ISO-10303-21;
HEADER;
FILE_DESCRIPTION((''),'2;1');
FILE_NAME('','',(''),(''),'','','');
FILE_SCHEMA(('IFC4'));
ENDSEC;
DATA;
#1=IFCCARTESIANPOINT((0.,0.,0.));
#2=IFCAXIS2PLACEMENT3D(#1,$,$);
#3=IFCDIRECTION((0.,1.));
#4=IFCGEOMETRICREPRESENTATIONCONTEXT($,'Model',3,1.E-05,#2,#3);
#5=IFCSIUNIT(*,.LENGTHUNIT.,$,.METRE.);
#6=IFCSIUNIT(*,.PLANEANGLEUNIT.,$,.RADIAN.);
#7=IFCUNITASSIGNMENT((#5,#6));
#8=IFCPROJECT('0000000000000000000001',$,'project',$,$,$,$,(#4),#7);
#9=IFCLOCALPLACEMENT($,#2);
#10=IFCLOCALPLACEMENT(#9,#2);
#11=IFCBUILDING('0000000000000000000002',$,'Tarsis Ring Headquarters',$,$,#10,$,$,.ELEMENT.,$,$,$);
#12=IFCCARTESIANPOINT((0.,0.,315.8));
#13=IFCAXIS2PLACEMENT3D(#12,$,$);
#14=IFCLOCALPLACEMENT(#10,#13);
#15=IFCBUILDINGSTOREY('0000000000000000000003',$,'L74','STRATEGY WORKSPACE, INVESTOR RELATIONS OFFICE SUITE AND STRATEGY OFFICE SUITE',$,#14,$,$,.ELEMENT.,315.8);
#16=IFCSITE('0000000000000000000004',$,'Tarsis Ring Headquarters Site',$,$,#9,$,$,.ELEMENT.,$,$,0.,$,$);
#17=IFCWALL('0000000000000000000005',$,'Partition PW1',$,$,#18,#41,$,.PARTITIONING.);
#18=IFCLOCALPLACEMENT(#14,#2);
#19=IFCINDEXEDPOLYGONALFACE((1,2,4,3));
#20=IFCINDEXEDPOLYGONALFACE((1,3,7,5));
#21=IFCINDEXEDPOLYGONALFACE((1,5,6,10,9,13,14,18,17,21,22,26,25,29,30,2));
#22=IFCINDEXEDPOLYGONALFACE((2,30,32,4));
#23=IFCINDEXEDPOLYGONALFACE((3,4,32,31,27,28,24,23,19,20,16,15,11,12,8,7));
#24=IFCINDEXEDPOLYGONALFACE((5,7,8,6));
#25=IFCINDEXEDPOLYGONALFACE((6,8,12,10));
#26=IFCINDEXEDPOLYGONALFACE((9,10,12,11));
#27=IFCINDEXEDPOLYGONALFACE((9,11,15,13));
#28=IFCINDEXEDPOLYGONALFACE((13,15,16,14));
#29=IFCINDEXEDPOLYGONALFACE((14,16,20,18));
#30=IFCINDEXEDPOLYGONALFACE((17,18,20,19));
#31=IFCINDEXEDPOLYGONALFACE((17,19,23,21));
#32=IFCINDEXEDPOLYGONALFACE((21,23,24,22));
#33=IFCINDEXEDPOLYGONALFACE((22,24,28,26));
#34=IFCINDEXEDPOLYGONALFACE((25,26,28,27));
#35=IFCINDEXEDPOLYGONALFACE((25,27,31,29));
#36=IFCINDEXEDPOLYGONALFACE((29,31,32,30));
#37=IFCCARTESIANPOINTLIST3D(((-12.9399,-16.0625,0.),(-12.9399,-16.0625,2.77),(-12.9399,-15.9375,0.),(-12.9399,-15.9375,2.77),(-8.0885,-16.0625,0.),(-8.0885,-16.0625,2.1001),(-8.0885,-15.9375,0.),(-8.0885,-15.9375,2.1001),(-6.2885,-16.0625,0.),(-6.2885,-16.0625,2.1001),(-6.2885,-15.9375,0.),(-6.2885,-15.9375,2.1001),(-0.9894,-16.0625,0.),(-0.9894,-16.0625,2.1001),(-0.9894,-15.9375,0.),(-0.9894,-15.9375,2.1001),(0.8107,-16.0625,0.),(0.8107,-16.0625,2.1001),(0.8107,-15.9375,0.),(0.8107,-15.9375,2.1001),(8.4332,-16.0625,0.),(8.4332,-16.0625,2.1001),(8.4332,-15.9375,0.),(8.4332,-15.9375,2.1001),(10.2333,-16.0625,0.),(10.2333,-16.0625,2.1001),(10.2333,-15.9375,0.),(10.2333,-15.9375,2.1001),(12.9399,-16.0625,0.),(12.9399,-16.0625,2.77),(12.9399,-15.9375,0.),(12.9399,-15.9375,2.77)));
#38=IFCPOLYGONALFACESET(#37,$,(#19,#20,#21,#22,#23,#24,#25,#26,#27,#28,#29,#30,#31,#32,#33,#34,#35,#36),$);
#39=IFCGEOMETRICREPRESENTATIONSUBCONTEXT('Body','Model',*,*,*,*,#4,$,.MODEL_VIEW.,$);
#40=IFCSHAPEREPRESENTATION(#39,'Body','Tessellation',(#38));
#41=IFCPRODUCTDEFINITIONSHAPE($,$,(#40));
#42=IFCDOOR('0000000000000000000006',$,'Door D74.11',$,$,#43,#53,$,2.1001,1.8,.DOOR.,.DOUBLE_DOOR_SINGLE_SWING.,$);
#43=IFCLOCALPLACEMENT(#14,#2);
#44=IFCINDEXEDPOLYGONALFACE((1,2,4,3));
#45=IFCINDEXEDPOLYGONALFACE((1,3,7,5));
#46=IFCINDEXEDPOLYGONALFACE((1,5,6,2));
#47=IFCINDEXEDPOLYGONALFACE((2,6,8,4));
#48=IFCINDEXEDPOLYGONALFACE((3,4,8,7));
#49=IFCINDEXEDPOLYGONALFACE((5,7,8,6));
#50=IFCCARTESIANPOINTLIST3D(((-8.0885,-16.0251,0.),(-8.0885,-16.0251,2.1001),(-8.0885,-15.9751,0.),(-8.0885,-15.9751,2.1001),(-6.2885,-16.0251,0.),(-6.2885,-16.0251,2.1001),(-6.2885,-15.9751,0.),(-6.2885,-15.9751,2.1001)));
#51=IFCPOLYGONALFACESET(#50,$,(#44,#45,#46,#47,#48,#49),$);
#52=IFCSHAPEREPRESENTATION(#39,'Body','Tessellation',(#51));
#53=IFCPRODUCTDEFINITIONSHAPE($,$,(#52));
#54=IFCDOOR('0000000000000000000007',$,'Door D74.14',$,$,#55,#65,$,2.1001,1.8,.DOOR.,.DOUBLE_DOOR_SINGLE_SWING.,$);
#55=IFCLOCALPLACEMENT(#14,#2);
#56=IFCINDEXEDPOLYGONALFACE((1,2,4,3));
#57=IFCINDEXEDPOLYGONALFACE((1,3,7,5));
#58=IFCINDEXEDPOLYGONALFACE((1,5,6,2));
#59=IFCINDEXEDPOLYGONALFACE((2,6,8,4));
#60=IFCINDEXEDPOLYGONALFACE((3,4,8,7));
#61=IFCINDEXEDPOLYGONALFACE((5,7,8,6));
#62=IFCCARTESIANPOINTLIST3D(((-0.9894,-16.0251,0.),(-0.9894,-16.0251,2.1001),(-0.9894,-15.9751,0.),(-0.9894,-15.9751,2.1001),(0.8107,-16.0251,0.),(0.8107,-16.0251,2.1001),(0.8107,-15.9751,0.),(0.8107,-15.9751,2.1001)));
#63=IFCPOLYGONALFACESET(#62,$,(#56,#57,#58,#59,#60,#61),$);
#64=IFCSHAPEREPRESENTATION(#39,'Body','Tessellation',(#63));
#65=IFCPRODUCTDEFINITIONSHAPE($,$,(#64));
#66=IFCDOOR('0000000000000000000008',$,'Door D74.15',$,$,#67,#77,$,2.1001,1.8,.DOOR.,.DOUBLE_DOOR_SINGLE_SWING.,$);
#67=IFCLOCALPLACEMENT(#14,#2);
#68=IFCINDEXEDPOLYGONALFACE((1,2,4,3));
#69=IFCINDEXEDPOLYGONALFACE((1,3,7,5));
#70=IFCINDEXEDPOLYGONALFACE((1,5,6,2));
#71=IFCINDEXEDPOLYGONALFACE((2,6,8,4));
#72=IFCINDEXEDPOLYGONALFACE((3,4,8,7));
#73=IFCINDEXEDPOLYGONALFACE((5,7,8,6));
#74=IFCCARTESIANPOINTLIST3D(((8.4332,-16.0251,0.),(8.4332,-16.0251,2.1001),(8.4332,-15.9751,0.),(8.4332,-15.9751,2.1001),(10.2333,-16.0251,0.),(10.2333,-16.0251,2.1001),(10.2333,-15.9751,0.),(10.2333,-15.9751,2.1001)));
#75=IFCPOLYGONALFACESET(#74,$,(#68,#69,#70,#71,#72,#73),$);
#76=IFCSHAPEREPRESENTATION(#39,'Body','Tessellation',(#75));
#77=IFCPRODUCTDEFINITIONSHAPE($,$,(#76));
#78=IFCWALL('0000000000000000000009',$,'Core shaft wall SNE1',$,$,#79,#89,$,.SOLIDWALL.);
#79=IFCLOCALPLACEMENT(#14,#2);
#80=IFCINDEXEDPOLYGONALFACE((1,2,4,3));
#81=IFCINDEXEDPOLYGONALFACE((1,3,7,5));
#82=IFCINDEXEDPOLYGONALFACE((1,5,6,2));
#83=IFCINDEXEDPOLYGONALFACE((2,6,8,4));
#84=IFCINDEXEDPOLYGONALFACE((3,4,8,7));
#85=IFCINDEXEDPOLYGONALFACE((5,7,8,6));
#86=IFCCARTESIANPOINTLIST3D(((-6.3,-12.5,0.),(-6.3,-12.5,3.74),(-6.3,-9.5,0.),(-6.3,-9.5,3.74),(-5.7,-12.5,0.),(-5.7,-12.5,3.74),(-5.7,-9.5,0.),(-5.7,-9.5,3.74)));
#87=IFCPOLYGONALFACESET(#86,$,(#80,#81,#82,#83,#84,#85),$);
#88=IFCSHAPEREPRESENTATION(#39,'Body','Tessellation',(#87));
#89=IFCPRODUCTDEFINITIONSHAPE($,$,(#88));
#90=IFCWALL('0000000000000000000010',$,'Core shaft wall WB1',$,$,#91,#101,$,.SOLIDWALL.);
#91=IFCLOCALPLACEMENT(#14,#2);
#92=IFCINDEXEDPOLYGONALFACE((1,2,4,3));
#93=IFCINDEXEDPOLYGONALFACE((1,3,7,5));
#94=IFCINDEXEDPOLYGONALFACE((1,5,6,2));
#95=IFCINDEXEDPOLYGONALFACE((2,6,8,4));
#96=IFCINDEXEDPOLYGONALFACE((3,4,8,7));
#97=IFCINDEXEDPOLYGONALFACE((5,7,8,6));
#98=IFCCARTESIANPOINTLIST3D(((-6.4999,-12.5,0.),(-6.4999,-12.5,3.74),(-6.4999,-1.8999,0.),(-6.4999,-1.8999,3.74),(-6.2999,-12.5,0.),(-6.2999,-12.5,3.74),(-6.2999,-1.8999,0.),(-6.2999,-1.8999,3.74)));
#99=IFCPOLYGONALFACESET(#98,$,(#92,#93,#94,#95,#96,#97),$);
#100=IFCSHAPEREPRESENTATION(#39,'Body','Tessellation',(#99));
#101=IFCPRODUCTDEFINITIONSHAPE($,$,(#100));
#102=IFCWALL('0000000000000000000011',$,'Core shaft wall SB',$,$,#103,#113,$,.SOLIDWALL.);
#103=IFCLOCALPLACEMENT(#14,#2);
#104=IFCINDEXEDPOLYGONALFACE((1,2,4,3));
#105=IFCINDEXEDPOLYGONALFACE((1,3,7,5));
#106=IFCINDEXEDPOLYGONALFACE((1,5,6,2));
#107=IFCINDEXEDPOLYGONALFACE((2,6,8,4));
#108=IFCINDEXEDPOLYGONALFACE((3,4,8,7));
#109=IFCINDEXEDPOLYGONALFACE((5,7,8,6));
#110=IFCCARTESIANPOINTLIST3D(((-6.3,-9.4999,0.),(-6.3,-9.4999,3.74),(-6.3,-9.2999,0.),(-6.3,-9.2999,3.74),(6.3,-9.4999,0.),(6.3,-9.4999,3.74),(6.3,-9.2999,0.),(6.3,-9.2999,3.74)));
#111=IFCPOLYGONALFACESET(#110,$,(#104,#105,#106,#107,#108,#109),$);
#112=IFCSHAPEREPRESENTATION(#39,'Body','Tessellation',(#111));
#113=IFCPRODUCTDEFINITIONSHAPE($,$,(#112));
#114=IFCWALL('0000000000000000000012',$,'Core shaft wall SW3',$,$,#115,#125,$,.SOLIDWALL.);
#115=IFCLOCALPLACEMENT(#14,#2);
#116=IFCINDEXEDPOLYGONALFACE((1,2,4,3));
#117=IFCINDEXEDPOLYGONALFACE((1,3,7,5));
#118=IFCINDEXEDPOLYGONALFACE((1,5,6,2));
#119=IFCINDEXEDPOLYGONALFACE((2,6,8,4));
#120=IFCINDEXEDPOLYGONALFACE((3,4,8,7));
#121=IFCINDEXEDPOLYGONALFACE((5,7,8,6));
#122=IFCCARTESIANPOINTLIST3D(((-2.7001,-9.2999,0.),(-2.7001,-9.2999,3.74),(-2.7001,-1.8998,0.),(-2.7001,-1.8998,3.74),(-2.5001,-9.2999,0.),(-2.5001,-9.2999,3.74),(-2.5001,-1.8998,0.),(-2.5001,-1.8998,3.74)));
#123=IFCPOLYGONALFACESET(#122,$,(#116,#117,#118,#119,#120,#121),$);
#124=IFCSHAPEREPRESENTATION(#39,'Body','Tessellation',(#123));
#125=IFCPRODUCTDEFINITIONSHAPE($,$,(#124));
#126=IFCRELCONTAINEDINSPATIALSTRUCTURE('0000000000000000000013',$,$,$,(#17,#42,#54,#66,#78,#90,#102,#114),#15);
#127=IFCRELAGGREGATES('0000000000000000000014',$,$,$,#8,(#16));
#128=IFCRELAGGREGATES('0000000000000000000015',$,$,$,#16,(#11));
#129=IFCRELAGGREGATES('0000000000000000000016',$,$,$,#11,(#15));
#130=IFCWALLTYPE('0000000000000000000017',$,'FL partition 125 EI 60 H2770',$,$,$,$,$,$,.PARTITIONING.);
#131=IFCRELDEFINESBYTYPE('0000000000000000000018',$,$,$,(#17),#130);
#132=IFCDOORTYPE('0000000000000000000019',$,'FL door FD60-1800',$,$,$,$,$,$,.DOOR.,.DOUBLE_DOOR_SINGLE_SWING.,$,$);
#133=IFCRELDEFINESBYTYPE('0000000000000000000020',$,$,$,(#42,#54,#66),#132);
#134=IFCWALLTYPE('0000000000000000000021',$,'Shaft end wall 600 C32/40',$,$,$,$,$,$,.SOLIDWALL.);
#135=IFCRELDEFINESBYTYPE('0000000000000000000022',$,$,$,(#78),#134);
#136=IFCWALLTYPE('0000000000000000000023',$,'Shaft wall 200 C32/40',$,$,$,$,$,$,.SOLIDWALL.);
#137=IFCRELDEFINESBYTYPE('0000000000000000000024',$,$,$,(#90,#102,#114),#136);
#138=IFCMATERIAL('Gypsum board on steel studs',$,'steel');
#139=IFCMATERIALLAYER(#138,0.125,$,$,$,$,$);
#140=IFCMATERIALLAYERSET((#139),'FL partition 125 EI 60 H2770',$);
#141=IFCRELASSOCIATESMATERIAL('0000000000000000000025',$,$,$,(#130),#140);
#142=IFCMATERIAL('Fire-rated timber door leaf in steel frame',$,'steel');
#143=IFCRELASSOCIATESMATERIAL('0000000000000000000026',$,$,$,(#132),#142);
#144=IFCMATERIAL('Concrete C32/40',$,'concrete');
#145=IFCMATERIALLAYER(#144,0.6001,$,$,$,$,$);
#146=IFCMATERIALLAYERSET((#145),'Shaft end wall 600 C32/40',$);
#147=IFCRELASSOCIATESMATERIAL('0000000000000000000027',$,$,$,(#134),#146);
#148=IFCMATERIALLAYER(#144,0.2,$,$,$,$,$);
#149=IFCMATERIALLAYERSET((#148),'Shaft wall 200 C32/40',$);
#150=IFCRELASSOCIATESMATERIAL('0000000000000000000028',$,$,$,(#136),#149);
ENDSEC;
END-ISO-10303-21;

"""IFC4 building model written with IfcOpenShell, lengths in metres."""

from ifc_helpers import new_model, si_unit, direction, frame, frame_2d, origin, place, context, subcontext, project, spatial, rectangle, extrude, material, layer, layer_set, type_object, element, fill, save


model = new_model("IFC4")

# Units and contexts
model_context = context("Model", 3, precision=1e-05, world=origin(), true_north=direction((0.0, 1.0)))
body_context = subcontext(model_context, "Body", "Model", "MODEL_VIEW")
ifc_project = project(units=[si_unit("LENGTHUNIT", "METRE"), si_unit("PLANEANGLEUNIT", "RADIAN")], contexts=[model_context])

# Site, building, storey
site_placement = place(None, origin())
site = spatial("IfcSite", under=ifc_project, at=site_placement, Name="Tarsis Ring Headquarters Site", CompositionType="ELEMENT", RefElevation=0.0)
building_placement = place(site_placement, origin())
building = spatial("IfcBuilding", under=site, at=building_placement, Name="Tarsis Ring Headquarters", CompositionType="ELEMENT")
storey_placement = place(building_placement, frame((0.0, 0.0, 315.8)))
storey = spatial("IfcBuildingStorey", under=building, at=storey_placement, Name="L74", Description="STRATEGY WORKSPACE, INVESTOR RELATIONS OFFICE SUITE AND STRATEGY OFFICE SUITE", CompositionType="ELEMENT", Elevation=315.8)

# Wall, openings, doors
ifc_material_1 = material(Name="Gypsum board on steel studs", Category="steel")
ifc_layer_1 = layer(ifc_material_1, 0.125)
ifc_layer_set_1 = layer_set([ifc_layer_1], Name="FL partition 125 EI 60 H2770")
wall_type_1 = type_object("IfcWallType", Name="FL partition 125 EI 60 H2770", PredefinedType="PARTITIONING", material=ifc_layer_set_1)
ifc_material_2 = material(Name="Fire-rated timber door leaf in steel frame", Category="steel")
door_type_1 = type_object("IfcDoorType", Name="FL door FD60-1800", OperationType="DOUBLE_DOOR_SINGLE_SWING", PredefinedType="DOOR", material=ifc_material_2)
wall_1_placement = place(storey_placement, frame((-12.9399, -16.0, 0.0), z_axis=(0.0, 0.0, 1.0), x_axis=(1.0, 0.0, 0.0)))
wall_1 = element("IfcWall", 1, at=wall_1_placement, inside=storey, type_object=wall_type_1, Name="Partition PW1", PredefinedType="PARTITIONING", context=body_context, shape_type="SweptSolid", body=[
    extrude(rectangle(XDim=25.8799, YDim=0.125, at=frame_2d((12.9399, 0.0))), origin(), (0.0, 0.0, 1.0), 2.77),
])
opening_1_placement = place(wall_1_placement, frame((4.8516, 0.0, 0.0)))
opening_1 = element("IfcOpeningElement", 2, at=opening_1_placement, cuts=wall_1, PredefinedType="OPENING", context=body_context, shape_type="SweptSolid", body=[
    extrude(rectangle(XDim=1.8, YDim=2.1001, at=frame_2d((0.8999, 1.05))), frame((0.0, 0.0725, 0.0), z_axis=(0.0, -1.0, 0.0), x_axis=(1.0, 0.0, 0.0)), (0.0, 0.0, 1.0), 0.145),
])
opening_2_placement = place(wall_1_placement, frame((11.9507, 0.0, 0.0)))
opening_2 = element("IfcOpeningElement", 3, at=opening_2_placement, cuts=wall_1, PredefinedType="OPENING", context=body_context, shape_type="SweptSolid", body=[
    extrude(rectangle(XDim=1.8, YDim=2.1001, at=frame_2d((0.8999, 1.05))), frame((0.0, 0.0725, 0.0), z_axis=(0.0, -1.0, 0.0), x_axis=(1.0, 0.0, 0.0)), (0.0, 0.0, 1.0), 0.145),
])
opening_3_placement = place(wall_1_placement, frame((21.3733, 0.0, 0.0)))
opening_3 = element("IfcOpeningElement", 4, at=opening_3_placement, cuts=wall_1, PredefinedType="OPENING", context=body_context, shape_type="SweptSolid", body=[
    extrude(rectangle(XDim=1.8, YDim=2.1001, at=frame_2d((0.8999, 1.05))), frame((0.0, 0.0725, 0.0), z_axis=(0.0, -1.0, 0.0), x_axis=(1.0, 0.0, 0.0)), (0.0, 0.0, 1.0), 0.145),
])
door_1_placement = place(opening_1_placement, origin())
door_1 = element("IfcDoor", 5, at=door_1_placement, inside=storey, type_object=door_type_1, Name="Door D74.11", OperationType="DOUBLE_DOOR_SINGLE_SWING", OverallHeight=2.1001, OverallWidth=1.8, PredefinedType="DOOR", context=body_context, shape_type="SweptSolid", body=[
    extrude(rectangle(XDim=1.8, YDim=2.1001, at=frame_2d((0.8999, 1.05))), frame((0.0, 0.0249, 0.0), z_axis=(0.0, -1.0, 0.0), x_axis=(1.0, 0.0, 0.0)), (0.0, 0.0, 1.0), 0.05),
])
fill(opening_1, door_1)
door_2_placement = place(opening_2_placement, origin())
door_2 = element("IfcDoor", 6, at=door_2_placement, inside=storey, type_object=door_type_1, Name="Door D74.14", OperationType="DOUBLE_DOOR_SINGLE_SWING", OverallHeight=2.1001, OverallWidth=1.8, PredefinedType="DOOR", context=body_context, shape_type="SweptSolid", body=[
    extrude(rectangle(XDim=1.8, YDim=2.1001, at=frame_2d((0.8999, 1.05))), frame((0.0, 0.0249, 0.0), z_axis=(0.0, -1.0, 0.0), x_axis=(1.0, 0.0, 0.0)), (0.0, 0.0, 1.0), 0.05),
])
fill(opening_2, door_2)
door_3_placement = place(opening_3_placement, origin())
door_3 = element("IfcDoor", 7, at=door_3_placement, inside=storey, type_object=door_type_1, Name="Door D74.15", OperationType="DOUBLE_DOOR_SINGLE_SWING", OverallHeight=2.1001, OverallWidth=1.8, PredefinedType="DOOR", context=body_context, shape_type="SweptSolid", body=[
    extrude(rectangle(XDim=1.8, YDim=2.1001, at=frame_2d((0.8999, 1.05))), frame((0.0, 0.0249, 0.0), z_axis=(0.0, -1.0, 0.0), x_axis=(1.0, 0.0, 0.0)), (0.0, 0.0, 1.0), 0.05),
])
fill(opening_3, door_3)

# Walls
ifc_material_3 = material(Name="Concrete C32/40", Category="concrete")
ifc_layer_2 = layer(ifc_material_3, 0.6001)
ifc_layer_set_2 = layer_set([ifc_layer_2], Name="Shaft end wall 600 C32/40")
wall_type_2 = type_object("IfcWallType", Name="Shaft end wall 600 C32/40", PredefinedType="SOLIDWALL", material=ifc_layer_set_2)
wall_2_placement = place(storey_placement, frame((-6.0, -12.5, 0.0), z_axis=(0.0, 0.0, 1.0), x_axis=(0.0, 1.0, 0.0)))
element("IfcWall", 8, at=wall_2_placement, inside=storey, type_object=wall_type_2, Name="Core shaft wall SNE1", PredefinedType="SOLIDWALL", context=body_context, shape_type="SweptSolid", body=[
    extrude(rectangle(XDim=3.0, YDim=0.6001, at=frame_2d((1.5, 0.0))), origin(), (0.0, 0.0, 1.0), 3.74),
])
ifc_layer_3 = layer(ifc_material_3, 0.2)
ifc_layer_set_3 = layer_set([ifc_layer_3], Name="Shaft wall 200 C32/40")
wall_type_3 = type_object("IfcWallType", Name="Shaft wall 200 C32/40", PredefinedType="SOLIDWALL", material=ifc_layer_set_3)
wall_3_placement = place(storey_placement, frame((-6.3999, -12.5, 0.0), z_axis=(0.0, 0.0, 1.0), x_axis=(0.0, 1.0, 0.0)))
element("IfcWall", 9, at=wall_3_placement, inside=storey, type_object=wall_type_3, Name="Core shaft wall WB1", PredefinedType="SOLIDWALL", context=body_context, shape_type="SweptSolid", body=[
    extrude(rectangle(XDim=10.6001, YDim=0.2, at=frame_2d((5.3, 0.0))), origin(), (0.0, 0.0, 1.0), 3.74),
])
wall_4_placement = place(storey_placement, frame((-6.3, -9.3999, 0.0), z_axis=(0.0, 0.0, 1.0), x_axis=(1.0, 0.0, 0.0)))
element("IfcWall", 10, at=wall_4_placement, inside=storey, type_object=wall_type_3, Name="Core shaft wall SB", PredefinedType="SOLIDWALL", context=body_context, shape_type="SweptSolid", body=[
    extrude(rectangle(XDim=12.6001, YDim=0.2, at=frame_2d((6.3, 0.0))), origin(), (0.0, 0.0, 1.0), 3.74),
])
wall_5_placement = place(storey_placement, frame((-2.6001, -9.3, 0.0), z_axis=(0.0, 0.0, 1.0), x_axis=(0.0, 1.0, 0.0)))
element("IfcWall", 11, at=wall_5_placement, inside=storey, type_object=wall_type_3, Name="Core shaft wall SW3", PredefinedType="SOLIDWALL", context=body_context, shape_type="SweptSolid", body=[
    extrude(rectangle(XDim=7.4001, YDim=0.2, at=frame_2d((3.7002, 0.0))), origin(), (0.0, 0.0, 1.0), 3.74),
])

save(model, "model.ifc")
